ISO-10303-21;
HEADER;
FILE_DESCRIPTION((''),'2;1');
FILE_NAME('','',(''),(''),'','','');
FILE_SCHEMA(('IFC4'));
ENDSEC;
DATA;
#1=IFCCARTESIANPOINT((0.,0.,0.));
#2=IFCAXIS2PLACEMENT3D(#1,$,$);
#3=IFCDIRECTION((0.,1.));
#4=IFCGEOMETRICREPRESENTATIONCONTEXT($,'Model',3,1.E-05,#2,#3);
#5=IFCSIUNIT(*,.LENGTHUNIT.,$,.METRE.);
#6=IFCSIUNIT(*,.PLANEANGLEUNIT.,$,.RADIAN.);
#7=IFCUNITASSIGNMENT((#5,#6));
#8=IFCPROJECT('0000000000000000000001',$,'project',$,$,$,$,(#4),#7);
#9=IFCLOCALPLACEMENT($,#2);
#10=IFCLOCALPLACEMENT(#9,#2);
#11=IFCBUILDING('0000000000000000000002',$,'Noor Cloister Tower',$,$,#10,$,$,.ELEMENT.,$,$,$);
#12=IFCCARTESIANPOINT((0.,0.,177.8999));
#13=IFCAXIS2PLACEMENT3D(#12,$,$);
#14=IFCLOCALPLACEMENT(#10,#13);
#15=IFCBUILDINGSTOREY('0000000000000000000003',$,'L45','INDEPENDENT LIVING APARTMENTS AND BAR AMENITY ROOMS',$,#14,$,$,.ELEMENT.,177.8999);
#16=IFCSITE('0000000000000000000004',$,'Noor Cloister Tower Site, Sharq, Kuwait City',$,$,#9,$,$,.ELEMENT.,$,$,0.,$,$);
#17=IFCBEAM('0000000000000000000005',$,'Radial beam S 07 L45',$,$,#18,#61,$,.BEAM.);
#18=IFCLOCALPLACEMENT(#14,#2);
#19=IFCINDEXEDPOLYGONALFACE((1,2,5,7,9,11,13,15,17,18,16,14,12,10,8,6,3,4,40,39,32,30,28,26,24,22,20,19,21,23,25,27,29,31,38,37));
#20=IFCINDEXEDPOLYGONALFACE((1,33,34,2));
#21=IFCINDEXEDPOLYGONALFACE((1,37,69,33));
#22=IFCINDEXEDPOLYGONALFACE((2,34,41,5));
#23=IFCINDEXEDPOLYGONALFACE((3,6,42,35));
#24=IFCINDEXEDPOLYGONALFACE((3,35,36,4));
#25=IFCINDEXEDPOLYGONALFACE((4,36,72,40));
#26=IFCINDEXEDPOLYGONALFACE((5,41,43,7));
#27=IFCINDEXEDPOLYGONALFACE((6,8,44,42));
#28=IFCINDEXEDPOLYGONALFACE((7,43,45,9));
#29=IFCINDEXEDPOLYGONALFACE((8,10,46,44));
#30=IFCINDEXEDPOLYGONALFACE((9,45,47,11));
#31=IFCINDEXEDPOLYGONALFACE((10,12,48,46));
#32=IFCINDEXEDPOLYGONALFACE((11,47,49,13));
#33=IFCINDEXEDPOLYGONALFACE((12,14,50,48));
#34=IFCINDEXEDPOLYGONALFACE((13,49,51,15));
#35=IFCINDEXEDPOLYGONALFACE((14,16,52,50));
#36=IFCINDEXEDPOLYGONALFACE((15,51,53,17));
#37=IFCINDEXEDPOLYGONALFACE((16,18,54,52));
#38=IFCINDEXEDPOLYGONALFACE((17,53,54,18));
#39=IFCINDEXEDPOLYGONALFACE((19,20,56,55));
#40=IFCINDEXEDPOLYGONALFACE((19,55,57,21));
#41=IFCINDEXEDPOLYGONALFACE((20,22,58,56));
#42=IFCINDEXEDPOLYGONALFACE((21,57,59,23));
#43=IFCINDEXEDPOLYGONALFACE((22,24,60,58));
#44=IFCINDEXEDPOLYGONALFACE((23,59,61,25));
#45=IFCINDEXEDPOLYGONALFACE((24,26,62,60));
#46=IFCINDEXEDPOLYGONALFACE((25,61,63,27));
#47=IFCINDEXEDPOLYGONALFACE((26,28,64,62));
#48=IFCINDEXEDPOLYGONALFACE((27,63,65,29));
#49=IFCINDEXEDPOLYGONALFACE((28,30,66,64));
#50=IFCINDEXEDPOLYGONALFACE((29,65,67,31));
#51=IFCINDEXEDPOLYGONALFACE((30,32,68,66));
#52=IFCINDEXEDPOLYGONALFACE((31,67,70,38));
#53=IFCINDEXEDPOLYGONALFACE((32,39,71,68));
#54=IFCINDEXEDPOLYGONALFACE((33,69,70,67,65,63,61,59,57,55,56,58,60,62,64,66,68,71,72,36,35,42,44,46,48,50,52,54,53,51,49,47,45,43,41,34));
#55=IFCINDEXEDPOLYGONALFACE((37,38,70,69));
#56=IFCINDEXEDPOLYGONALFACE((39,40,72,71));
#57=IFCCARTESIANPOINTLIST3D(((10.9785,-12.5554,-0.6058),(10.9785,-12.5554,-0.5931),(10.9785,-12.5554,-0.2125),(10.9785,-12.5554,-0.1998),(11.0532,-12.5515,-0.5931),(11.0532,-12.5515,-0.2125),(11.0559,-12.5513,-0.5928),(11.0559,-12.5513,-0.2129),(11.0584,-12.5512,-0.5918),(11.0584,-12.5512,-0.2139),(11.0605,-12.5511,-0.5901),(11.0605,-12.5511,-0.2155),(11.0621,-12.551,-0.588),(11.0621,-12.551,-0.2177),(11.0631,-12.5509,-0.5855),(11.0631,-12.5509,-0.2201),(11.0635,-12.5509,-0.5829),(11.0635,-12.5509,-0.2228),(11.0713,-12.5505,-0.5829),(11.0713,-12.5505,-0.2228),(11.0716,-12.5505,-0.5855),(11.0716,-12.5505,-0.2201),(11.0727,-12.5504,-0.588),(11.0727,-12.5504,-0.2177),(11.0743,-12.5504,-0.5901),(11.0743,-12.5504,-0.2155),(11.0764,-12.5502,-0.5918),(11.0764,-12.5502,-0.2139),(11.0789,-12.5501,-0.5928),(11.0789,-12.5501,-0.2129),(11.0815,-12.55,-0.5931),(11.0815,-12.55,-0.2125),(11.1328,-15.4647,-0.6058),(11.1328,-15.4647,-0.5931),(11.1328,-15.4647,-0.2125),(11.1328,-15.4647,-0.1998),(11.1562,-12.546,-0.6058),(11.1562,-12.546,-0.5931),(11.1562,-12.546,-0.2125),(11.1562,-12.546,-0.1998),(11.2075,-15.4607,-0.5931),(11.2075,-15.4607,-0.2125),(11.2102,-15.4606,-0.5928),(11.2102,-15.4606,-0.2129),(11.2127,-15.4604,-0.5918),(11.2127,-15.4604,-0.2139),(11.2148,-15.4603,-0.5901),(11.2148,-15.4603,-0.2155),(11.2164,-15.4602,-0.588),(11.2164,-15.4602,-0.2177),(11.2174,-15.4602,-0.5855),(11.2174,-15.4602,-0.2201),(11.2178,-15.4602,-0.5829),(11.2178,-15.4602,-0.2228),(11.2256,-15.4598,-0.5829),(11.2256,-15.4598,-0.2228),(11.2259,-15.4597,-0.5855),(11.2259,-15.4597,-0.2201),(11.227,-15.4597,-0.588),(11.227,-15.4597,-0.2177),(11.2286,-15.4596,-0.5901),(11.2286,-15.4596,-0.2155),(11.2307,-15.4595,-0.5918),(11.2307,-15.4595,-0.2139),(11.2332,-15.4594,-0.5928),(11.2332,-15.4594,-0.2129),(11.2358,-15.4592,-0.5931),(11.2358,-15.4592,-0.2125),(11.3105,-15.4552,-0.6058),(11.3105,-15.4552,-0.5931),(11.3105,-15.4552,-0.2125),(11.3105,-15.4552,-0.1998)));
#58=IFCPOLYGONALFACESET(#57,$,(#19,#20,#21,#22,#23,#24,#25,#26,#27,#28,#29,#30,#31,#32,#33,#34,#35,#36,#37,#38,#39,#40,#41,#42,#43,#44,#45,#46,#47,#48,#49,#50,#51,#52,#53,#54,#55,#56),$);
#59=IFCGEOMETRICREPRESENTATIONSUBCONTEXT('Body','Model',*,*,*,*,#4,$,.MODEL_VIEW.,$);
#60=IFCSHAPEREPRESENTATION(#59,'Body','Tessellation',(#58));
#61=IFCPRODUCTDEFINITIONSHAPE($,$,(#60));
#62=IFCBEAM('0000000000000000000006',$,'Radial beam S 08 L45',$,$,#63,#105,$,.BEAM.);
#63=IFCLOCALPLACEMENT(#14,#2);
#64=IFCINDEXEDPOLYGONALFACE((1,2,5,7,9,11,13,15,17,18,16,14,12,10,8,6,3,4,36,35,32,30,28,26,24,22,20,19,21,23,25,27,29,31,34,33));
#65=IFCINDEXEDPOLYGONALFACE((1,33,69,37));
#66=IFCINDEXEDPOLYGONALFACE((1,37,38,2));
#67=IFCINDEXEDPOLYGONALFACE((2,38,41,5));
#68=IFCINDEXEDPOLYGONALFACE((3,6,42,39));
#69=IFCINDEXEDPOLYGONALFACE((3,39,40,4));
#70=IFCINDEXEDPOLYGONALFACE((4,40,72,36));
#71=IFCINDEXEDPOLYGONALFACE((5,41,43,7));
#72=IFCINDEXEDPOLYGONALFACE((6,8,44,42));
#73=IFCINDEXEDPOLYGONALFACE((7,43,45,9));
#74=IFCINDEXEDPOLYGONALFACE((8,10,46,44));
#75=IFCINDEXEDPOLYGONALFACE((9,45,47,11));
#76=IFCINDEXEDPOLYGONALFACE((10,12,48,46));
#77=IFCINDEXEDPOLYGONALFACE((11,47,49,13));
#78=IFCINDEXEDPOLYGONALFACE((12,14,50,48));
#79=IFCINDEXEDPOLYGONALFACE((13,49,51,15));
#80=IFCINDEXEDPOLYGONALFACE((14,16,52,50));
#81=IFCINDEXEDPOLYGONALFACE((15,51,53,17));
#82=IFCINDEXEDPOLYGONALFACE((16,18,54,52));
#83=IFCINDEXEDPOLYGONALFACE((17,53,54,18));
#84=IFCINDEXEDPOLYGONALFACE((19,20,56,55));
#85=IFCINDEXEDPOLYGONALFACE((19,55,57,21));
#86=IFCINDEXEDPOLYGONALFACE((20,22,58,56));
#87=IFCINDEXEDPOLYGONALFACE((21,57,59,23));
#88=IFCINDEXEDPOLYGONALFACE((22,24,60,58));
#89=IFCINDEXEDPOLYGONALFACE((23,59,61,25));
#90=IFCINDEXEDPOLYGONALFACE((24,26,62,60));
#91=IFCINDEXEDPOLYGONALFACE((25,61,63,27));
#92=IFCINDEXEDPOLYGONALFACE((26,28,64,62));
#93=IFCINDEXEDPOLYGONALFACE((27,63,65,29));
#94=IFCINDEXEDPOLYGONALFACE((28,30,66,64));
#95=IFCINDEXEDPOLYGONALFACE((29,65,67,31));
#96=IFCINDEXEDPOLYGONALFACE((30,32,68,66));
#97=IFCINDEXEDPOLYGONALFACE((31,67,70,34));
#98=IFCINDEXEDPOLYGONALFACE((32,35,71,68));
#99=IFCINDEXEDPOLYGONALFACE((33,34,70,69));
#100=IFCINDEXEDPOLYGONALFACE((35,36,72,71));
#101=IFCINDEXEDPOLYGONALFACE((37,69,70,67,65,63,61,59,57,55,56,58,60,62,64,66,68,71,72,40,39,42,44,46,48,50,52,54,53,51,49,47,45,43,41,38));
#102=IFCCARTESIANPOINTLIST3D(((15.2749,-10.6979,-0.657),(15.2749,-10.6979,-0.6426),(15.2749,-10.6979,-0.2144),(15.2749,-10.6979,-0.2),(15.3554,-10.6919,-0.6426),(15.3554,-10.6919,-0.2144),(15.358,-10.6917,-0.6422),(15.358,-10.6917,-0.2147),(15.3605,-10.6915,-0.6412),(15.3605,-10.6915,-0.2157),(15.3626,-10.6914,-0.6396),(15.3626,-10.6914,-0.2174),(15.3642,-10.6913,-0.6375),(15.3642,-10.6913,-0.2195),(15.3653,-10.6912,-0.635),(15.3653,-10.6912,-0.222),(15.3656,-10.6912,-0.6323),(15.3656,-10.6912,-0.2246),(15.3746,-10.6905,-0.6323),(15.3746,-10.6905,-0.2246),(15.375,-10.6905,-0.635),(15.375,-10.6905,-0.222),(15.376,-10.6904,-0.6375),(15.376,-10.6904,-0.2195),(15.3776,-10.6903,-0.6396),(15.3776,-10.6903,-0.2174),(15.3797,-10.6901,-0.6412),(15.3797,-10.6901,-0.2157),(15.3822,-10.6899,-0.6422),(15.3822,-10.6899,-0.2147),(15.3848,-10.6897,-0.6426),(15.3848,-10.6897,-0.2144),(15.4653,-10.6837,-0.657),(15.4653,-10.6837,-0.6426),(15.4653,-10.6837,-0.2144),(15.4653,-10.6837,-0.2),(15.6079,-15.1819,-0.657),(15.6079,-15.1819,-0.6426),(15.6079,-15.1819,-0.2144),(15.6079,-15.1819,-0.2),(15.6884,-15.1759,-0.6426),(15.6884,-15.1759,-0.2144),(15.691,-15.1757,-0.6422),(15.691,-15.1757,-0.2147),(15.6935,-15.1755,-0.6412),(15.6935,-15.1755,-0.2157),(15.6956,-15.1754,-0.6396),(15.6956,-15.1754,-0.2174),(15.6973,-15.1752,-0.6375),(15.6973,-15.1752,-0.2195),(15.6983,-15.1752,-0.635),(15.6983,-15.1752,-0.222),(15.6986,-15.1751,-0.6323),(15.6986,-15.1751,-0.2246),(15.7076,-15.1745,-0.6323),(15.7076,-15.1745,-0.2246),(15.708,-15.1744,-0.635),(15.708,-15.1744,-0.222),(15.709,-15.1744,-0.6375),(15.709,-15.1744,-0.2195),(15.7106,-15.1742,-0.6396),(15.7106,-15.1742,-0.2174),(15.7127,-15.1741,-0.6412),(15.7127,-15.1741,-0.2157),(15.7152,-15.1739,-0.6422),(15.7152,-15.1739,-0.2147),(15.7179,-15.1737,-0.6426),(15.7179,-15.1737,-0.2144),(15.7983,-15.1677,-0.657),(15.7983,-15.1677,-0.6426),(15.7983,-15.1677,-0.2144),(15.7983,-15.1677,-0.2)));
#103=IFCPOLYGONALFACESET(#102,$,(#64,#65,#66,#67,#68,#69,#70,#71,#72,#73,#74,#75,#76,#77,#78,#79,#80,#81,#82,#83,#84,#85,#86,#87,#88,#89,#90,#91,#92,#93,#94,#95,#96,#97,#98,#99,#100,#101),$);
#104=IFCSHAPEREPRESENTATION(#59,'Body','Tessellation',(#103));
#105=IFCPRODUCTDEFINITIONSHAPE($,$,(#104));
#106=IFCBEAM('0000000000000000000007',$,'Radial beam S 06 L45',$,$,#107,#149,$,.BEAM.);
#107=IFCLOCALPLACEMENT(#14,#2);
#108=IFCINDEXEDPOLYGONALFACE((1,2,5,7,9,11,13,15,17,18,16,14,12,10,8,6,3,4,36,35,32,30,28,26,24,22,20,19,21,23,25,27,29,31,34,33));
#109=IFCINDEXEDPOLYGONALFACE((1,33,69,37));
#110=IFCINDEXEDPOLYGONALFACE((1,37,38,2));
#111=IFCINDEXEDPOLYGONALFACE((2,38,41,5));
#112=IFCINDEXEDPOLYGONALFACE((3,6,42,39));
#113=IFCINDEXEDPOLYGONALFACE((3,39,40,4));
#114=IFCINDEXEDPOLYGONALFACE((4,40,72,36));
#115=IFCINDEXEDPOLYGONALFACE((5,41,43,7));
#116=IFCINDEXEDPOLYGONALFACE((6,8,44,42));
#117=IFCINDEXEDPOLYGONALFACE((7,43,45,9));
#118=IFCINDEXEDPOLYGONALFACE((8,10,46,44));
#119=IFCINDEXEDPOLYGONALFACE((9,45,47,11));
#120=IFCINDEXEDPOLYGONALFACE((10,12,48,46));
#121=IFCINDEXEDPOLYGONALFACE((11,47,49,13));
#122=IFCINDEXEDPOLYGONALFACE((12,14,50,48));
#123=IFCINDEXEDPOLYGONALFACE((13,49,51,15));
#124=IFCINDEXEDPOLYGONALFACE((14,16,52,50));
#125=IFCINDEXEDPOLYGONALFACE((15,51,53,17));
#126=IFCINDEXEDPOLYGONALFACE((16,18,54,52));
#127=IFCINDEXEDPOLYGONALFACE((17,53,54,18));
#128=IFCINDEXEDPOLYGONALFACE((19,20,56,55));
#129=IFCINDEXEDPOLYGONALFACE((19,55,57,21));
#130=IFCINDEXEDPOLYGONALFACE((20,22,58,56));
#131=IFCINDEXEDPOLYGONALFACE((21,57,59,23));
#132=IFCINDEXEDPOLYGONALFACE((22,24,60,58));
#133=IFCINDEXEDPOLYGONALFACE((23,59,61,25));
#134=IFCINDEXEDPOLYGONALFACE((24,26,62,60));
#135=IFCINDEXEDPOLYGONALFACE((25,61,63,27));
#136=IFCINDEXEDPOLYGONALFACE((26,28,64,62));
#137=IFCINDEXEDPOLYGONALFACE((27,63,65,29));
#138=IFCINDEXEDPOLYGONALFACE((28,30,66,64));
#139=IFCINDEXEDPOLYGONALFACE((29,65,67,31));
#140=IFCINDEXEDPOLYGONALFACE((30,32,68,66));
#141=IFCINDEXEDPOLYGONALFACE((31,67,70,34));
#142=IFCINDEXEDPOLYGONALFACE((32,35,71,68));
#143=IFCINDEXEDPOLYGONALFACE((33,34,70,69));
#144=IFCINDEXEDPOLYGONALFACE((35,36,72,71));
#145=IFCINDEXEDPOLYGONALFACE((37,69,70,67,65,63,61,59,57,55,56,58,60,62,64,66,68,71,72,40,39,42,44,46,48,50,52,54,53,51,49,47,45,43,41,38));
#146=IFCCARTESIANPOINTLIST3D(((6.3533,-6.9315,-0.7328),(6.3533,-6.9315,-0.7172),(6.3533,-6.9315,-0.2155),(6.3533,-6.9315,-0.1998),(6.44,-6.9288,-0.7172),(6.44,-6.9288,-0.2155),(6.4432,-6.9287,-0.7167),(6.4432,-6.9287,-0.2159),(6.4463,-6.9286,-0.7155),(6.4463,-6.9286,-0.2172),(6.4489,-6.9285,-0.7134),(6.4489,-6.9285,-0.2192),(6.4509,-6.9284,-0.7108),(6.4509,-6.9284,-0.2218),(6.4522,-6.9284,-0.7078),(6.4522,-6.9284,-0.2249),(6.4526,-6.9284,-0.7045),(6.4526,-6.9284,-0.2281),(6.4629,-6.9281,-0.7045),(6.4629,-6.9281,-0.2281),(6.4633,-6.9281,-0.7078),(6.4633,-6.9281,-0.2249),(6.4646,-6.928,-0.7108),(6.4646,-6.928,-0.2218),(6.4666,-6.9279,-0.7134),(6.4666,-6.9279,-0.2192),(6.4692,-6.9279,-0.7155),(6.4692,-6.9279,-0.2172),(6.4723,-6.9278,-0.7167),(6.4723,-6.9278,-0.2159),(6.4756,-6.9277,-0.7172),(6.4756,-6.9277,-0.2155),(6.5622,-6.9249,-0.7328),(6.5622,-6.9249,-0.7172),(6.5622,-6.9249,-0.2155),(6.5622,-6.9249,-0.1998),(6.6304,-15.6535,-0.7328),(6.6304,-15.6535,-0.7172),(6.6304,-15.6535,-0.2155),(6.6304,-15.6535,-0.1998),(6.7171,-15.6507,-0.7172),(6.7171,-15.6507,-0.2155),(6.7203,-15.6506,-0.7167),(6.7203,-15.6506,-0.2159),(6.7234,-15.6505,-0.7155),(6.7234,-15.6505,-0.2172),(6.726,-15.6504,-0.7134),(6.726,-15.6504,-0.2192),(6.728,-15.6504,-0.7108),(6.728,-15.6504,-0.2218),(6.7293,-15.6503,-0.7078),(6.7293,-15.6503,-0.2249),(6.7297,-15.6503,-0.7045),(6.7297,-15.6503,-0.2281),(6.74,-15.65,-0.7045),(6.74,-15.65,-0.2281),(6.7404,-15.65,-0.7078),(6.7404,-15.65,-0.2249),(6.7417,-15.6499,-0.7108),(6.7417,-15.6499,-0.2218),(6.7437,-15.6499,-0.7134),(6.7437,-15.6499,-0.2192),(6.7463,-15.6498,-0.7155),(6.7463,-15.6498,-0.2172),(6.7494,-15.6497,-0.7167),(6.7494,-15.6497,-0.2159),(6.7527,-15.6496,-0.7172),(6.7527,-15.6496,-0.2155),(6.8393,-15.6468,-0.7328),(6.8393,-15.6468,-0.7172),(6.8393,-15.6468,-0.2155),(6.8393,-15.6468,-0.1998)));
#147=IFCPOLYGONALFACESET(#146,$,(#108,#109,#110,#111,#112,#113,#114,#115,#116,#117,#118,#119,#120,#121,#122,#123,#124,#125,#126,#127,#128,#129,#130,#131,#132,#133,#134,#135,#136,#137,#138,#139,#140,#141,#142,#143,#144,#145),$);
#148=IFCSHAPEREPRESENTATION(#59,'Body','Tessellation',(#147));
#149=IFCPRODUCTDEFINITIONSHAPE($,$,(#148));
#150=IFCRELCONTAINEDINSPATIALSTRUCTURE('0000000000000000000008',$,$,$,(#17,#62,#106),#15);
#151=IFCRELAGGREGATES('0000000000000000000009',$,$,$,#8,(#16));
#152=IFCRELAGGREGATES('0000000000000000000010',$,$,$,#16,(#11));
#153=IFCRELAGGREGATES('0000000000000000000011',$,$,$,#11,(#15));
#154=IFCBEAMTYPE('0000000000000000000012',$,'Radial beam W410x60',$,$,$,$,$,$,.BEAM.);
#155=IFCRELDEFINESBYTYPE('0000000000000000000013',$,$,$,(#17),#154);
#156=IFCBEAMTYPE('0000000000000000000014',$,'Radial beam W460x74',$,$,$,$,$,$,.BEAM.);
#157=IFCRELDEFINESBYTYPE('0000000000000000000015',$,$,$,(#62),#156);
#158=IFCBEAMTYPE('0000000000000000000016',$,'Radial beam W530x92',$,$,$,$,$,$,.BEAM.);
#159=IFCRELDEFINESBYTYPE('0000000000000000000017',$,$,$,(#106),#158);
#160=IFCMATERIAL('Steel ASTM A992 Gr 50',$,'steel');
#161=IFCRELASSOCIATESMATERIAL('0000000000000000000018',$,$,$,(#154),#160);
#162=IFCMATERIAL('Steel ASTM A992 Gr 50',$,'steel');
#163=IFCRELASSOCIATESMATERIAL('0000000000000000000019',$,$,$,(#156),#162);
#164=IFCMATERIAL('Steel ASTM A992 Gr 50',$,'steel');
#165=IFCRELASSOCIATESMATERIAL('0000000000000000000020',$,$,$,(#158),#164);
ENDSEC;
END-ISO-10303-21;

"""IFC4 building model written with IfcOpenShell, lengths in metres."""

from ifc_helpers import new_model, si_unit, direction, frame, origin, origin_2d, place, context, subcontext, project, spatial, i_section, extrude, material, material_profile, profile_set, type_object, element, save


model = new_model("IFC4")

# Units and contexts
model_context = context("Model", 3, precision=1e-05, world=origin(), true_north=direction((0.0, 1.0)))
body_context = subcontext(model_context, "Body", "Model", "MODEL_VIEW")
ifc_project = project(units=[si_unit("LENGTHUNIT", "METRE"), si_unit("PLANEANGLEUNIT", "RADIAN")], contexts=[model_context])

# Site, building, storey
site_placement = place(None, origin())
site = spatial("IfcSite", under=ifc_project, at=site_placement, Name="Noor Cloister Tower Site, Sharq, Kuwait City", CompositionType="ELEMENT", RefElevation=0.0)
building_placement = place(site_placement, origin())
building = spatial("IfcBuilding", under=site, at=building_placement, Name="Noor Cloister Tower", CompositionType="ELEMENT")
storey_placement = place(building_placement, frame((0.0, 0.0, 177.8999)))
storey = spatial("IfcBuildingStorey", under=building, at=storey_placement, Name="L45", Description="INDEPENDENT LIVING APARTMENTS AND BAR AMENITY ROOMS", CompositionType="ELEMENT", Elevation=177.8999)

# Beams
ifc_material_1 = material(Name="Steel ASTM A992 Gr 50", Category="steel")
ifc_material_profile_1 = material_profile(ifc_material_1, i_section(OverallWidth=0.178, OverallDepth=0.406, WebThickness=0.0078, FlangeThickness=0.0127, FilletRadius=0.0103, at=origin_2d()), Name="W410x60")
ifc_profile_set_1 = profile_set([ifc_material_profile_1], Name="Steel ASTM A992 Gr 50")
beam_type_1 = type_object("IfcBeamType", Name="Radial beam W410x60", PredefinedType="BEAM", material=ifc_profile_set_1)
beam_1_placement = place(storey_placement, frame((11.2217, -15.46, -0.4028), z_axis=(-0.052963, 0.998596, 0.0), x_axis=(-0.998596, -0.052963, 0.0)))
element("IfcBeam", 1, at=beam_1_placement, inside=storey, type_object=beam_type_1, Name="Radial beam S 07 L45", PredefinedType="BEAM", context=body_context, shape_type="SweptSolid", body=[
    extrude(i_section(OverallWidth=0.178, OverallDepth=0.406, WebThickness=0.0078, FlangeThickness=0.0127, FilletRadius=0.0103, at=origin_2d()), origin(), (0.0, 0.0, 1.0), 2.9133),
])
ifc_material_2 = material(Name="Steel ASTM A992 Gr 50", Category="steel")
ifc_material_profile_2 = material_profile(ifc_material_2, i_section(OverallWidth=0.1909, OverallDepth=0.457, WebThickness=0.009, FlangeThickness=0.0144, FilletRadius=0.0103, at=origin_2d()), Name="W460x74")
ifc_profile_set_2 = profile_set([ifc_material_profile_2], Name="Steel ASTM A992 Gr 50")
beam_type_2 = type_object("IfcBeamType", Name="Radial beam W460x74", PredefinedType="BEAM", material=ifc_profile_set_2)
beam_2_placement = place(storey_placement, frame((15.7031, -15.1748, -0.4285), z_axis=(-0.074064, 0.997254, 0.0), x_axis=(-0.997254, -0.074064, 0.0)))
element("IfcBeam", 2, at=beam_2_placement, inside=storey, type_object=beam_type_2, Name="Radial beam S 08 L45", PredefinedType="BEAM", context=body_context, shape_type="SweptSolid", body=[
    extrude(i_section(OverallWidth=0.1909, OverallDepth=0.457, WebThickness=0.009, FlangeThickness=0.0144, FilletRadius=0.0103, at=origin_2d()), origin(), (0.0, 0.0, 1.0), 4.4963),
])
ifc_material_3 = material(Name="Steel ASTM A992 Gr 50", Category="steel")
ifc_material_profile_3 = material_profile(ifc_material_3, i_section(OverallWidth=0.209, OverallDepth=0.533, WebThickness=0.0103, FlangeThickness=0.0156, FilletRadius=0.0127, at=origin_2d()), Name="W530x92")
ifc_profile_set_3 = profile_set([ifc_material_profile_3], Name="Steel ASTM A992 Gr 50")
beam_type_3 = type_object("IfcBeamType", Name="Radial beam W530x92", PredefinedType="BEAM", material=ifc_profile_set_3)
beam_3_placement = place(storey_placement, frame((6.7349, -15.6501, -0.4663), z_axis=(-0.031754, 0.999496, 0.0), x_axis=(-0.999496, -0.031754, 0.0)))
element("IfcBeam", 3, at=beam_3_placement, inside=storey, type_object=beam_type_3, Name="Radial beam S 06 L45", PredefinedType="BEAM", context=body_context, shape_type="SweptSolid", body=[
    extrude(i_section(OverallWidth=0.209, OverallDepth=0.533, WebThickness=0.0103, FlangeThickness=0.0156, FilletRadius=0.0127, at=origin_2d()), origin(), (0.0, 0.0, 1.0), 8.7263),
])

save(model, "model.ifc")
